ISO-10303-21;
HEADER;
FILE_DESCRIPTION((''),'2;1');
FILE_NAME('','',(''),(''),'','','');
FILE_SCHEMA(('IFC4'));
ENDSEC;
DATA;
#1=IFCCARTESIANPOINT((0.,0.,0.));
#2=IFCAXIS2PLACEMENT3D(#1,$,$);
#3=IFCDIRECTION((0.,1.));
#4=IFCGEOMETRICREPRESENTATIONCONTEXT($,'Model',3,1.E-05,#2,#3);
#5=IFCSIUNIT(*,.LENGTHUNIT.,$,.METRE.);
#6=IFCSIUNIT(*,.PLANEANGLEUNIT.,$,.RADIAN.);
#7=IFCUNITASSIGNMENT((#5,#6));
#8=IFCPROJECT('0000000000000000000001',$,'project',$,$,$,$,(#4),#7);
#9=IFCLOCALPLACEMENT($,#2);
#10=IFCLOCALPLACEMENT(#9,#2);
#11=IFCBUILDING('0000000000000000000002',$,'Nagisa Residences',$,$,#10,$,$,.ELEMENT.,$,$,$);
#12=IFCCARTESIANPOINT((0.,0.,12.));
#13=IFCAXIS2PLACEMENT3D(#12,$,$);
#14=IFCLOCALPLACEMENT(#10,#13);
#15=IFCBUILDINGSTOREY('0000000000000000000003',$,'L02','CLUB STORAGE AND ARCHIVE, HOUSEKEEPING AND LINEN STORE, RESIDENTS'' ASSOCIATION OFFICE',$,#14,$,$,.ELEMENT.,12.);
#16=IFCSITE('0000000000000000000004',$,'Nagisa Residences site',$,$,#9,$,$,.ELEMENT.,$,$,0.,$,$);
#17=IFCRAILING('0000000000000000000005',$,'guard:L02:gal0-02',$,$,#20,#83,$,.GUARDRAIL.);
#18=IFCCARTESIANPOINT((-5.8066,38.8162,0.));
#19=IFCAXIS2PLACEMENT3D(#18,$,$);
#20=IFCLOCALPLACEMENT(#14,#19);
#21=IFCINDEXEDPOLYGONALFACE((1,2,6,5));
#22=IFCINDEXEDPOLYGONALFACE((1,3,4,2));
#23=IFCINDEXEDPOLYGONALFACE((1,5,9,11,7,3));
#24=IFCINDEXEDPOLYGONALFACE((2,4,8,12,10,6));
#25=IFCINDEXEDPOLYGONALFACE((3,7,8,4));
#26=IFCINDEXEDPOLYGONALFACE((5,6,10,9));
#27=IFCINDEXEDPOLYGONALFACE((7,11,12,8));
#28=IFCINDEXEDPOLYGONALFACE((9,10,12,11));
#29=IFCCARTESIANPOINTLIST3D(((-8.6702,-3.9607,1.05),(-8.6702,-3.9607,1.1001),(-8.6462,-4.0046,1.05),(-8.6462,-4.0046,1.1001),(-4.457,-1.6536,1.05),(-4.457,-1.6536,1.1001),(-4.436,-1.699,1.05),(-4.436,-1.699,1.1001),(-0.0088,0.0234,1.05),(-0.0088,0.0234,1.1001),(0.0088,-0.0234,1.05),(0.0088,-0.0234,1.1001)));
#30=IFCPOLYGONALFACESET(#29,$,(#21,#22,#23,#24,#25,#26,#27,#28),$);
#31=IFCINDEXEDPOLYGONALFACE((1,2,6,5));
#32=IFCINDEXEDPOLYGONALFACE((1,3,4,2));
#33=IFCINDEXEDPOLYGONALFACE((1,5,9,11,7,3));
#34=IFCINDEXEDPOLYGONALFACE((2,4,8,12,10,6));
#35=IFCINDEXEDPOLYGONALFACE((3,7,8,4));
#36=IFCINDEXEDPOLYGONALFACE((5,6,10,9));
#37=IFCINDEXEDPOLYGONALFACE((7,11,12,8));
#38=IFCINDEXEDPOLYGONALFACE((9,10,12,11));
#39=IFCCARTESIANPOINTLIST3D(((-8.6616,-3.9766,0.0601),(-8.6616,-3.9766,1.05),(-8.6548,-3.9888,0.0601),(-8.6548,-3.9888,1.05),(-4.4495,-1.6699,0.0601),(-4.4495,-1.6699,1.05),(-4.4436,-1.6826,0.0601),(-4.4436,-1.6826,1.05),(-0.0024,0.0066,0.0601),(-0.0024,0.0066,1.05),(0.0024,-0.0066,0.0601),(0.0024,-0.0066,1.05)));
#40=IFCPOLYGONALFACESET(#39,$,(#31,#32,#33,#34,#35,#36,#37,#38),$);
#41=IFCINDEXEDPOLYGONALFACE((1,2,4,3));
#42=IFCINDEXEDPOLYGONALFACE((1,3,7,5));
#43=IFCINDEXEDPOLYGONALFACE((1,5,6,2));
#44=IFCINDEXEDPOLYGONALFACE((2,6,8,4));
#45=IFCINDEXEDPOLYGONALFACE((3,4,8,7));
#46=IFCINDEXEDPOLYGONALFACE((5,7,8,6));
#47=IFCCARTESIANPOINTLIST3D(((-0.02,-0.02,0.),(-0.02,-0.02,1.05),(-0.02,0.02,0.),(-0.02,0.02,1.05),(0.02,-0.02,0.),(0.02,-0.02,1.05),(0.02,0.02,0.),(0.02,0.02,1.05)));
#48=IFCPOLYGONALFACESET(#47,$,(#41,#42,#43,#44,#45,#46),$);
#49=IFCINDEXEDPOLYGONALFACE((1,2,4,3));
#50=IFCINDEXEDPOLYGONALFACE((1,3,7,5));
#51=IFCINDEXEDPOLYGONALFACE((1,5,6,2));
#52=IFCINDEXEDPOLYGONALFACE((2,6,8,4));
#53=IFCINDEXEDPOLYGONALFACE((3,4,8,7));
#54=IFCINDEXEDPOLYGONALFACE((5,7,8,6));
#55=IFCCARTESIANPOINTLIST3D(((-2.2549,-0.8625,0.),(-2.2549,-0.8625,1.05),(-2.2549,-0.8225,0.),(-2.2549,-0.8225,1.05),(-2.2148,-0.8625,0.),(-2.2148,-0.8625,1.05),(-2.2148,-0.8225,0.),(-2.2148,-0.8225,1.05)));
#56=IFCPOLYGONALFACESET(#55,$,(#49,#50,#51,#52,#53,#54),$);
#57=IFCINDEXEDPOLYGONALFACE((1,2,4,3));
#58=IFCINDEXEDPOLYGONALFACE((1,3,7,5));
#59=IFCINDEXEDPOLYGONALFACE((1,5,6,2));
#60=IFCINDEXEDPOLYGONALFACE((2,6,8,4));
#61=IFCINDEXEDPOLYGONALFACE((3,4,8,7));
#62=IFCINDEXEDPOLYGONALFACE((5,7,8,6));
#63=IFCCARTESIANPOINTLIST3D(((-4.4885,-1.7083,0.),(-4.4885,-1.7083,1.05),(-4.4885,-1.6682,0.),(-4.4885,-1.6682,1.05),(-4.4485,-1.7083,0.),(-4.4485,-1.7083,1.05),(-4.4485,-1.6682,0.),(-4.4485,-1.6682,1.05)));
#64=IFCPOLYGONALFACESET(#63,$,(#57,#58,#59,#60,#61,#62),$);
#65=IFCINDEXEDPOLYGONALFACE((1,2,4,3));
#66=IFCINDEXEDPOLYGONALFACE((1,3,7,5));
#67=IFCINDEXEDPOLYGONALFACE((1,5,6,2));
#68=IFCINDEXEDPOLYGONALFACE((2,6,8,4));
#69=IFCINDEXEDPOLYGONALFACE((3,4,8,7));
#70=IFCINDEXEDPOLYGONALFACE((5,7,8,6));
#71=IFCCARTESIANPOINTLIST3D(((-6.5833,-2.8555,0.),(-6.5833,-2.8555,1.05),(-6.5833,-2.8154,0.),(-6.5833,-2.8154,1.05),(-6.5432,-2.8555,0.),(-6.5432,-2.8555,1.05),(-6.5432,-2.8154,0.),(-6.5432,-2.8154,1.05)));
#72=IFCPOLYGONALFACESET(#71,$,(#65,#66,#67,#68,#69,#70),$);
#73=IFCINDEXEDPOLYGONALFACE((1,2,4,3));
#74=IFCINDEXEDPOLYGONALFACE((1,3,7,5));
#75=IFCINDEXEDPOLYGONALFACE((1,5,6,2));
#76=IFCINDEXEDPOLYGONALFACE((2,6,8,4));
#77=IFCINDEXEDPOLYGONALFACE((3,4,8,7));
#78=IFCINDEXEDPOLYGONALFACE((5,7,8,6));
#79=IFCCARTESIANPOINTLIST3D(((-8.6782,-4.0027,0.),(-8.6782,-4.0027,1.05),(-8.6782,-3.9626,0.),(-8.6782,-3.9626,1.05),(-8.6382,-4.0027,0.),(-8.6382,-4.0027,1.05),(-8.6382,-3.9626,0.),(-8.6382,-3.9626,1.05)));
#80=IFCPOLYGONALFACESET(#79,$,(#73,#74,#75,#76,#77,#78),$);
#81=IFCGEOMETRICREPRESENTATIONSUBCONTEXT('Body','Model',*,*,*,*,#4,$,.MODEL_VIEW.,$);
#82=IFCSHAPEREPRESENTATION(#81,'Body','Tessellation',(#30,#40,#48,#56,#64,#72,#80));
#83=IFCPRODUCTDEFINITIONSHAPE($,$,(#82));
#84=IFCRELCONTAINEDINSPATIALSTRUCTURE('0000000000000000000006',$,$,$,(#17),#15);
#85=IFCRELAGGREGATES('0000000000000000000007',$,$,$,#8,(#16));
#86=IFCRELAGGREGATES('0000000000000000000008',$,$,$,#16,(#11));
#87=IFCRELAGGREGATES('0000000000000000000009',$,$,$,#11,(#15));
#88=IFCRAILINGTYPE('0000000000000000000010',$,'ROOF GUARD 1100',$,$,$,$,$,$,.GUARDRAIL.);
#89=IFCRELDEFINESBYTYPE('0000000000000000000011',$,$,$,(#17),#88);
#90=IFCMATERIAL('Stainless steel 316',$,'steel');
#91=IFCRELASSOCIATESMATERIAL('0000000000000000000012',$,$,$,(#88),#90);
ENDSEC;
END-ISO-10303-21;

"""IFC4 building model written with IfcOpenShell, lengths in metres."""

from ifc_helpers import new_model, si_unit, direction, frame, origin, origin_2d, place, context, subcontext, project, spatial, polyline, rectangle, outline, extrude, material, type_object, element, save


model = new_model("IFC4")

# Units and contexts
model_context = context("Model", 3, precision=1e-05, world=origin(), true_north=direction((0.0, 1.0)))
body_context = subcontext(model_context, "Body", "Model", "MODEL_VIEW")
ifc_project = project(units=[si_unit("LENGTHUNIT", "METRE"), si_unit("PLANEANGLEUNIT", "RADIAN")], contexts=[model_context])

# Site, building, storey
site_placement = place(None, origin())
site = spatial("IfcSite", under=ifc_project, at=site_placement, Name="Nagisa Residences site", CompositionType="ELEMENT", RefElevation=0.0)
building_placement = place(site_placement, origin())
building = spatial("IfcBuilding", under=site, at=building_placement, Name="Nagisa Residences", CompositionType="ELEMENT")
storey_placement = place(building_placement, frame((0.0, 0.0, 12.0)))
storey = spatial("IfcBuildingStorey", under=building, at=storey_placement, Name="L02", Description="CLUB STORAGE AND ARCHIVE, HOUSEKEEPING AND LINEN STORE, RESIDENTS' ASSOCIATION OFFICE", CompositionType="ELEMENT", Elevation=12.0)

# Railing
ifc_material_1 = material(Name="Stainless steel 316", Category="steel")
railing_type = type_object("IfcRailingType", Name="ROOF GUARD 1100", PredefinedType="GUARDRAIL", material=ifc_material_1)
railing_1_placement = place(storey_placement, frame((-5.8066, 38.8162, 0.0)))
element("IfcRailing", 1, at=railing_1_placement, inside=storey, type_object=railing_type, Name="guard:L02:gal0-02", PredefinedType="GUARDRAIL", context=body_context, shape_type="SweptSolid", body=[
    extrude(outline(polyline([(-4.436, -1.699), (0.0088, -0.0234), (-0.0088, 0.0234), (-4.457, -1.6536), (-8.6702, -3.9607), (-8.6462, -4.0046), (-4.436, -1.699)])), frame((0.0, 0.0, 1.05)), (0.0, 0.0, 1.0), 0.05),
    extrude(outline(polyline([(-4.4436, -1.6826), (0.0024, -0.0066), (-0.0024, 0.0066), (-4.4495, -1.6699), (-8.6616, -3.9766), (-8.6548, -3.9888), (-4.4436, -1.6826)])), frame((0.0, 0.0, 0.0601)), (0.0, 0.0, 1.0), 0.99),
    extrude(rectangle(XDim=0.04, YDim=0.04, at=origin_2d()), origin(), (0.0, 0.0, 1.0), 1.05),
    extrude(rectangle(XDim=0.04, YDim=0.04, at=origin_2d()), frame((-2.2349, -0.8425, 0.0)), (0.0, 0.0, 1.0), 1.05),
    extrude(rectangle(XDim=0.04, YDim=0.04, at=origin_2d()), frame((-4.4685, -1.6882, 0.0)), (0.0, 0.0, 1.0), 1.05),
    extrude(rectangle(XDim=0.04, YDim=0.04, at=origin_2d()), frame((-6.5632, -2.8354, 0.0)), (0.0, 0.0, 1.0), 1.05),
    extrude(rectangle(XDim=0.04, YDim=0.04, at=origin_2d()), frame((-8.6582, -3.9827, 0.0)), (0.0, 0.0, 1.0), 1.05),
])

save(model, "model.ifc")
